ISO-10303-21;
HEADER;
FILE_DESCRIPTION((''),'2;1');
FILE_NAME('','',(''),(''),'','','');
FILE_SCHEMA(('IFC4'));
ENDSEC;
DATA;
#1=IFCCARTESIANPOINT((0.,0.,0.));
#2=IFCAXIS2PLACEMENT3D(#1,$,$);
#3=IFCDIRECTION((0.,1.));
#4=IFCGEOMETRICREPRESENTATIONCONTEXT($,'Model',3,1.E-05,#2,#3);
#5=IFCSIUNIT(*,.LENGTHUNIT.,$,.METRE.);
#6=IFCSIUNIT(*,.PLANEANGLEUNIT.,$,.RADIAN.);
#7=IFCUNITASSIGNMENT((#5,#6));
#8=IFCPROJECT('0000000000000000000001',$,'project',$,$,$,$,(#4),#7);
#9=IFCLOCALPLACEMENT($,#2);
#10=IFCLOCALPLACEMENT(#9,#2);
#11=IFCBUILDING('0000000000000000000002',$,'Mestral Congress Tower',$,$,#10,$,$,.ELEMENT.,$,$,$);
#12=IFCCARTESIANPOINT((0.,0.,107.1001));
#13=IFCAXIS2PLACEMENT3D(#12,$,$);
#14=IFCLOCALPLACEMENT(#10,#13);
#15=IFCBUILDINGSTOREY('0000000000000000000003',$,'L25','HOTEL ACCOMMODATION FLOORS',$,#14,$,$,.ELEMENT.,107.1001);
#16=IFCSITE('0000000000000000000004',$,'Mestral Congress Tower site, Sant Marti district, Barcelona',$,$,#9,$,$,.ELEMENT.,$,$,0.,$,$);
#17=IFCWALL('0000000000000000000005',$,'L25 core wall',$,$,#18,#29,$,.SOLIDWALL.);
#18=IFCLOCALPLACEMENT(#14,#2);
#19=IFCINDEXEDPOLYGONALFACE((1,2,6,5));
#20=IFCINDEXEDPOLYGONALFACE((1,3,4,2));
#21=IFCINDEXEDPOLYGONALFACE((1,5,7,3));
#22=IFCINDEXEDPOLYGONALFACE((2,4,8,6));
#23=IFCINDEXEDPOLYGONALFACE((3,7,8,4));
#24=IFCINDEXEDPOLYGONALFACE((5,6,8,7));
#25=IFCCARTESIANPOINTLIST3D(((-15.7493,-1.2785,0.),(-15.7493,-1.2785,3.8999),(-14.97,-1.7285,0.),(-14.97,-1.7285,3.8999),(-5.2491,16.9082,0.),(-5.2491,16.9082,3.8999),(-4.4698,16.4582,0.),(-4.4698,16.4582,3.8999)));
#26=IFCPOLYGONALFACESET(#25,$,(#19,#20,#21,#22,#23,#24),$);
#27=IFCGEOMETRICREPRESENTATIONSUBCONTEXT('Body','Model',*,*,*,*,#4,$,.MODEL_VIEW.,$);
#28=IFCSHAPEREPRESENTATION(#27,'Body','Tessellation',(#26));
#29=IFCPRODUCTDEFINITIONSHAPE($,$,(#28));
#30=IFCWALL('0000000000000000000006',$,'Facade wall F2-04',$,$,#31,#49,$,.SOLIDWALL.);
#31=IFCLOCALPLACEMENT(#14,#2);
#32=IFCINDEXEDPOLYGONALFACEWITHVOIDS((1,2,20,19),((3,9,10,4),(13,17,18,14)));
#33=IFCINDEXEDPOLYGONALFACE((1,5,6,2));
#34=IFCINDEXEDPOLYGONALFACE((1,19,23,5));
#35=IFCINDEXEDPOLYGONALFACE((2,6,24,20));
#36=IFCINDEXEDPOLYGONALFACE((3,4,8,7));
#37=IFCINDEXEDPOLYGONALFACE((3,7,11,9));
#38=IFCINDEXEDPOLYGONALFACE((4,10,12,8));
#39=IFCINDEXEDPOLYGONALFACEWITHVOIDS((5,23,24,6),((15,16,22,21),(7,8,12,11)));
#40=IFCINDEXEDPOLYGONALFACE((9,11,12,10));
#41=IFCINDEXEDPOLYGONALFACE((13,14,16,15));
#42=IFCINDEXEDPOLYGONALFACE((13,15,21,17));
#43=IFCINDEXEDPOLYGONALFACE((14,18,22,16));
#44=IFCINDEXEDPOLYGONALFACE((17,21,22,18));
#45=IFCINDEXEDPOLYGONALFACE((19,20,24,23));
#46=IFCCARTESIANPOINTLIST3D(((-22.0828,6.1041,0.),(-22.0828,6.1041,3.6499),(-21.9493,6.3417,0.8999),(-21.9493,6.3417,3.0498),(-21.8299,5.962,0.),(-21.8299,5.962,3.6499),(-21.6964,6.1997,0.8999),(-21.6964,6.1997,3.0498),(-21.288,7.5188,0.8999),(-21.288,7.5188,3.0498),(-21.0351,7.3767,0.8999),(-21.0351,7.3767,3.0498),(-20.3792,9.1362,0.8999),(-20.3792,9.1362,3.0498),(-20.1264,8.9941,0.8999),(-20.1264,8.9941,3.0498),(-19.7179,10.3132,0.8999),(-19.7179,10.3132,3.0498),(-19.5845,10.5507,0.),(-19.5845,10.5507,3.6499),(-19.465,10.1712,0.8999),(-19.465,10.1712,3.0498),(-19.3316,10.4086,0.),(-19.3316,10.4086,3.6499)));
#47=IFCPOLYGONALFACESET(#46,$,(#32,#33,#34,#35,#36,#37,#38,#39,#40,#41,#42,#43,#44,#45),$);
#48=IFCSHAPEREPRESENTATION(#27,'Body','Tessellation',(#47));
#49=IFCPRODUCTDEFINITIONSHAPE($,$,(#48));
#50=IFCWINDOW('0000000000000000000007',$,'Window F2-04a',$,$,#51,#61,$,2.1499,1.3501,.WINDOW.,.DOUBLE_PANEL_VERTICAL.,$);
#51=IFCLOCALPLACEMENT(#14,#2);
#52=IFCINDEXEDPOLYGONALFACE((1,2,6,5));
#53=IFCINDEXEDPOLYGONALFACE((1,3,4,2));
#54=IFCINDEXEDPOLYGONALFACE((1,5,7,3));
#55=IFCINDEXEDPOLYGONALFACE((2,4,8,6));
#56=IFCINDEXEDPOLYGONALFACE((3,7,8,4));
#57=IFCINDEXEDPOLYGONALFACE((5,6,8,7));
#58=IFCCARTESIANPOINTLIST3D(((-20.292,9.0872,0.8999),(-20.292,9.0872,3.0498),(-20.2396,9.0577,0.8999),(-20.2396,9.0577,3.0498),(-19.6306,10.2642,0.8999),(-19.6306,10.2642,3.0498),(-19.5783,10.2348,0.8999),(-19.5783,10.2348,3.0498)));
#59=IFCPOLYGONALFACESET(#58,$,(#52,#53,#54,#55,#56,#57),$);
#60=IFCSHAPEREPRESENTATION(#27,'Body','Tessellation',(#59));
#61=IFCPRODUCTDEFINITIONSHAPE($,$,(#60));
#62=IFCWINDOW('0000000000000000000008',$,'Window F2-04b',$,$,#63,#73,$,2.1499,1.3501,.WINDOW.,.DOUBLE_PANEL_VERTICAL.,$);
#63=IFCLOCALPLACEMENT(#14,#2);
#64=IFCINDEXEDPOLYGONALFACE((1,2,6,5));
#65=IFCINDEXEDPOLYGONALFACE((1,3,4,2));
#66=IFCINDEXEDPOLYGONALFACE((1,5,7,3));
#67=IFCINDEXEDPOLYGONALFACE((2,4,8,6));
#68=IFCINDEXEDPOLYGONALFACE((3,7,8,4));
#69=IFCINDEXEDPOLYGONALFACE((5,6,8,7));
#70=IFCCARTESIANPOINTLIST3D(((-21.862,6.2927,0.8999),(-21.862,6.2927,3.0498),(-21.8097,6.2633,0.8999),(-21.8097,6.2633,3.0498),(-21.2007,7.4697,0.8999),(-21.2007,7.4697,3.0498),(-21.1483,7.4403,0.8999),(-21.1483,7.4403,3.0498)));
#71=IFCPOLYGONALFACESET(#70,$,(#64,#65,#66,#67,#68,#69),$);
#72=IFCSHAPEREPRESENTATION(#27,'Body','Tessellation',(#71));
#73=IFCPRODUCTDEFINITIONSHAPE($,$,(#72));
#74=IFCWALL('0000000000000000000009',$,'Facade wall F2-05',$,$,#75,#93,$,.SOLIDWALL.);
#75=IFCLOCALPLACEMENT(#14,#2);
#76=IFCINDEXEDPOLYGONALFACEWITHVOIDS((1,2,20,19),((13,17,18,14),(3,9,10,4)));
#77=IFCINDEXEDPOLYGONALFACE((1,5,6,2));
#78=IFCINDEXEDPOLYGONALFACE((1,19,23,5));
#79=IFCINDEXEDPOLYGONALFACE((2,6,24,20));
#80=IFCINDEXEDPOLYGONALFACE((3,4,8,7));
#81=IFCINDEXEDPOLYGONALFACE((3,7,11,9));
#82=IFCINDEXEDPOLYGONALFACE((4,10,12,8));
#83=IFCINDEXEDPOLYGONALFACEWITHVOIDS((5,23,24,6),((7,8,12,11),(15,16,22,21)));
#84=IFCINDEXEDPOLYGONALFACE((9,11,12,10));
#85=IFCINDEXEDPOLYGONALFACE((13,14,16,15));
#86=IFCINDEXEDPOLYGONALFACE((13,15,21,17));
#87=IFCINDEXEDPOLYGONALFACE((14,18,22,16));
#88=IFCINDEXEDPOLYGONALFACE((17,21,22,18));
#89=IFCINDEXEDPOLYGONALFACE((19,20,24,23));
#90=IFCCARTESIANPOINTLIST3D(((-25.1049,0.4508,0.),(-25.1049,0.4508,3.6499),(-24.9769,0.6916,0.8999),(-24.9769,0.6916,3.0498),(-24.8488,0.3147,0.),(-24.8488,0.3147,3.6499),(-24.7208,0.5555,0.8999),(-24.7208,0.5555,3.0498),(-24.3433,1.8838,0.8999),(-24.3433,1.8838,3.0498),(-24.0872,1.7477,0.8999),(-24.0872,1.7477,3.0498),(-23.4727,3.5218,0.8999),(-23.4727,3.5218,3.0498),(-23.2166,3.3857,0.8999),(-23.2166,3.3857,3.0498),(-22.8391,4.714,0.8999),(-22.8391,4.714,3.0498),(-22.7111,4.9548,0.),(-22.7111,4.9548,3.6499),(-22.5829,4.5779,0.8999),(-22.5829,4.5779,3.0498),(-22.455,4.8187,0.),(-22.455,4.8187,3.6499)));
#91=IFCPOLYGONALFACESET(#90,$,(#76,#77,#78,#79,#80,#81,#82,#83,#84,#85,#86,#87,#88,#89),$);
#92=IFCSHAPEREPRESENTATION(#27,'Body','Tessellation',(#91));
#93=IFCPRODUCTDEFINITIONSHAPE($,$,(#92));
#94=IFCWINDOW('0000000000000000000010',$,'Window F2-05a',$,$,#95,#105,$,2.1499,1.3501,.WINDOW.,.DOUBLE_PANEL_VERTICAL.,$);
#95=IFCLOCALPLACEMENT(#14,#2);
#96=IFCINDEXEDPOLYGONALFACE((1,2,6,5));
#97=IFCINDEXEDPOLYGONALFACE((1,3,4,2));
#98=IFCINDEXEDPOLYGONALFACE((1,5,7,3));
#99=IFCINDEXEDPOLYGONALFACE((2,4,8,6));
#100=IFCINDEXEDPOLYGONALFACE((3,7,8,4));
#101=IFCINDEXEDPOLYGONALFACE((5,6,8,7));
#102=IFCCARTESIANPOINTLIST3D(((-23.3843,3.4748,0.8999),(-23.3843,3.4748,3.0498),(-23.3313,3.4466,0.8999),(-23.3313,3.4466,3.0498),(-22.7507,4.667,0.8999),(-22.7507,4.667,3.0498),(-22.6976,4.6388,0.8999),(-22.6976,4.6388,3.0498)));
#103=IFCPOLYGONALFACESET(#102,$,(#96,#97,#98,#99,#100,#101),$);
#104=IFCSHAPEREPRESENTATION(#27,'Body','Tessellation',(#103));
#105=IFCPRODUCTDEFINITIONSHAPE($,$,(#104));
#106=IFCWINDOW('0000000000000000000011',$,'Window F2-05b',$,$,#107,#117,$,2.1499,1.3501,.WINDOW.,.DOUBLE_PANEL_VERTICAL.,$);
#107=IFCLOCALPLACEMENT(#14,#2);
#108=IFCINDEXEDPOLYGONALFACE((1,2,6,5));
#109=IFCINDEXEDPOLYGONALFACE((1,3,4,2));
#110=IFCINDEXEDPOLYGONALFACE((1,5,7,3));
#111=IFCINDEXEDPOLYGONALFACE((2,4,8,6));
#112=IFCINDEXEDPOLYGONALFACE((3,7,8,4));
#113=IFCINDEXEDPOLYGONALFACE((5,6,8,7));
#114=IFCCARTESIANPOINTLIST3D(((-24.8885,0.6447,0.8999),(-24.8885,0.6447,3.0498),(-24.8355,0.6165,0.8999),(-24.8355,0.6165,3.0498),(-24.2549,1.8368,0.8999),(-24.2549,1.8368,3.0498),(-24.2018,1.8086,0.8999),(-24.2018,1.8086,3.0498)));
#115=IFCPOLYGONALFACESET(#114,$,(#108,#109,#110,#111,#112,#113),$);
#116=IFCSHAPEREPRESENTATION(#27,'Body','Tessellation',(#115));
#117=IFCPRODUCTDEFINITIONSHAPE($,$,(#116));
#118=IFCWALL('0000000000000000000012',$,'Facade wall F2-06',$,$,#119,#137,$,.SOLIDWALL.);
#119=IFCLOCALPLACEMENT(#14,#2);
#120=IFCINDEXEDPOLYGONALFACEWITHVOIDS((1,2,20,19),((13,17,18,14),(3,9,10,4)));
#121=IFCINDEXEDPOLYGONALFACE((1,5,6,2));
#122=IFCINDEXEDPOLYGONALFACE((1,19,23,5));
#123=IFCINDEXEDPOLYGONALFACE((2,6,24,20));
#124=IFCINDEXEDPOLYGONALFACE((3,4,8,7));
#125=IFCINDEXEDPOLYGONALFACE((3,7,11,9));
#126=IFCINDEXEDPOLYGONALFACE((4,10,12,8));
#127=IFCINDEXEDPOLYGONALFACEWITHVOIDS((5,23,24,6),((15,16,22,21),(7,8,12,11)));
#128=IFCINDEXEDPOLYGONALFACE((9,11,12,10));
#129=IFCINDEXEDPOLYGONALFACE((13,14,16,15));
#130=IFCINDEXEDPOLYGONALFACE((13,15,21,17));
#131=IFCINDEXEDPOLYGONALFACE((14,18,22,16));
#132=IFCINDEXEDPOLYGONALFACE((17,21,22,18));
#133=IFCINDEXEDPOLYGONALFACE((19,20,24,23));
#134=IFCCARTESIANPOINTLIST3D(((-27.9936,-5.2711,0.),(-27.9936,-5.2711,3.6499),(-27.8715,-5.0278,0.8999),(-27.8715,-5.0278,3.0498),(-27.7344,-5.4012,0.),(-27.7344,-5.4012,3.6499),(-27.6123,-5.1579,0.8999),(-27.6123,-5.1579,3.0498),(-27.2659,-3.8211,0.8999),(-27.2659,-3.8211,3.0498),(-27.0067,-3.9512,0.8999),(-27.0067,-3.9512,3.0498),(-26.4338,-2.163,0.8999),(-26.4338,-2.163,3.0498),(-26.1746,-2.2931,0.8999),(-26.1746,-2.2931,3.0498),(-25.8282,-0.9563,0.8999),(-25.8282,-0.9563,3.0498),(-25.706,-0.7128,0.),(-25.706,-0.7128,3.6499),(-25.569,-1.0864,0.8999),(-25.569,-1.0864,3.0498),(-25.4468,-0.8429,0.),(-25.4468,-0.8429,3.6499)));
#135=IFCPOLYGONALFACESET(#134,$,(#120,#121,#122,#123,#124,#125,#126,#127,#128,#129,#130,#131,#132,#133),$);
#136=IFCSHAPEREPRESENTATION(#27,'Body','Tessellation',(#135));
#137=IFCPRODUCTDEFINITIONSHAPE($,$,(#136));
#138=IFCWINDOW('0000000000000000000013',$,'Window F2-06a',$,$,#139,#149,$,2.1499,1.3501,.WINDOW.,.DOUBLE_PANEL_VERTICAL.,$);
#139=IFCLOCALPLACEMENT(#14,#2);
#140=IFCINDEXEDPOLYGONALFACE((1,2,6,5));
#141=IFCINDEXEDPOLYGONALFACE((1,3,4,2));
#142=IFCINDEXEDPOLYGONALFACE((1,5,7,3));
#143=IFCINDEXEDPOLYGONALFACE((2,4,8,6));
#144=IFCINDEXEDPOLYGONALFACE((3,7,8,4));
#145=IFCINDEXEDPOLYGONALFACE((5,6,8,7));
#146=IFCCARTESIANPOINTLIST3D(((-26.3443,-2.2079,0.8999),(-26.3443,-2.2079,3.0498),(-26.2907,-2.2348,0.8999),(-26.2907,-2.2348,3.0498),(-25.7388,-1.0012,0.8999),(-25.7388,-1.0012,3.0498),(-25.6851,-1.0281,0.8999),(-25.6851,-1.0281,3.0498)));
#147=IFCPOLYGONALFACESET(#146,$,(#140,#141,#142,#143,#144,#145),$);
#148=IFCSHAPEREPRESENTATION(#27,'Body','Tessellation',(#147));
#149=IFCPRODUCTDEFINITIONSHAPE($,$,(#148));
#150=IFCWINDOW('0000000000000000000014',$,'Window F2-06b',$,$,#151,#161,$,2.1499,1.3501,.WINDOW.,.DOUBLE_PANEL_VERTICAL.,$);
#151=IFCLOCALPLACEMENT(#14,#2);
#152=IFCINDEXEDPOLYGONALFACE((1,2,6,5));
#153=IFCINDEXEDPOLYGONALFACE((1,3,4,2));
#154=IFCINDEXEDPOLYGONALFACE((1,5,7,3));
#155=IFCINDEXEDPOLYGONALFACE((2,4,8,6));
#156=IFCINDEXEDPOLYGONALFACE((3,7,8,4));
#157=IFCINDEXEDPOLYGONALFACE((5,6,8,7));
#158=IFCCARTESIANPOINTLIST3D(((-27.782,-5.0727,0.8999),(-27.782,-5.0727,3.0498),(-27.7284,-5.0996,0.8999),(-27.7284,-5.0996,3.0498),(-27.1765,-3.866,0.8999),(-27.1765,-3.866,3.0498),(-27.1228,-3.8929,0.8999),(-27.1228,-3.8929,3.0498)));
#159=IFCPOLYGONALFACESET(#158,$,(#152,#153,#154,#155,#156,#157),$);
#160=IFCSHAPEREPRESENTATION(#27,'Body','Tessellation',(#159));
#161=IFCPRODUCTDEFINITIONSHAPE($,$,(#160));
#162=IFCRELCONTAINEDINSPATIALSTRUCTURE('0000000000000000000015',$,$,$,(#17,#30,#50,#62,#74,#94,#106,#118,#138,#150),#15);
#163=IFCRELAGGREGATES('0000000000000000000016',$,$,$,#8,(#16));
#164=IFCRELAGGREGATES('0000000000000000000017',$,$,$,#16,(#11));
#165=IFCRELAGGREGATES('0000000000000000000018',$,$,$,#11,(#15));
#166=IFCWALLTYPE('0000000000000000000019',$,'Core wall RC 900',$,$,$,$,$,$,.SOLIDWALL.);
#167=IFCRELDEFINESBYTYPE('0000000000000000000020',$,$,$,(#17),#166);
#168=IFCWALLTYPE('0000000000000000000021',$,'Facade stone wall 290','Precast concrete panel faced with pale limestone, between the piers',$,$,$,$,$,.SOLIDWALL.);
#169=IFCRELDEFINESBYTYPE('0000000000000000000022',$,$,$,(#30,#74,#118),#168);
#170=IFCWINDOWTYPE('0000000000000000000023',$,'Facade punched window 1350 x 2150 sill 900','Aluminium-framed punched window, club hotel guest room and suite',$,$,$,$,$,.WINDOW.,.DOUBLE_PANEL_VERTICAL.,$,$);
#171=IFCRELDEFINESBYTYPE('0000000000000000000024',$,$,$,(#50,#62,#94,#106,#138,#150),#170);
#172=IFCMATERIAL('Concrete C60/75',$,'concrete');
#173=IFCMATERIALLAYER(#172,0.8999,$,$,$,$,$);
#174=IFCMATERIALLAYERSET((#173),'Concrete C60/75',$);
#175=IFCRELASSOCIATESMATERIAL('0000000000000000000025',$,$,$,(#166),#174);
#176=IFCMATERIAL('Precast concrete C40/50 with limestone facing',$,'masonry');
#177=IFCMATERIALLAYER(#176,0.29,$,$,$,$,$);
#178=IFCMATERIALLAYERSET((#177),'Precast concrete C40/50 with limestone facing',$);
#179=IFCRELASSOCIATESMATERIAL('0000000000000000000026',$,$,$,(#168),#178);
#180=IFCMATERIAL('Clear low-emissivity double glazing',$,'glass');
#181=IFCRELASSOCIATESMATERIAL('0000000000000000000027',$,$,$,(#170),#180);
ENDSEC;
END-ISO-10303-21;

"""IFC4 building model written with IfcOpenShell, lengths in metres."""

from ifc_helpers import new_model, si_unit, direction, frame, frame_2d, origin, place, context, subcontext, project, spatial, rectangle, extrude, material, layer, layer_set, type_object, element, fill, save


model = new_model("IFC4")

# Units and contexts
model_context = context("Model", 3, precision=1e-05, world=origin(), true_north=direction((0.0, 1.0)))
body_context = subcontext(model_context, "Body", "Model", "MODEL_VIEW")
ifc_project = project(units=[si_unit("LENGTHUNIT", "METRE"), si_unit("PLANEANGLEUNIT", "RADIAN")], contexts=[model_context])

# Site, building, storey
site_placement = place(None, origin())
site = spatial("IfcSite", under=ifc_project, at=site_placement, Name="Mestral Congress Tower site, Sant Marti district, Barcelona", CompositionType="ELEMENT", RefElevation=0.0)
building_placement = place(site_placement, origin())
building = spatial("IfcBuilding", under=site, at=building_placement, Name="Mestral Congress Tower", CompositionType="ELEMENT")
storey_placement = place(building_placement, frame((0.0, 0.0, 107.1001)))
storey = spatial("IfcBuildingStorey", under=building, at=storey_placement, Name="L25", Description="HOTEL ACCOMMODATION FLOORS", CompositionType="ELEMENT", Elevation=107.1001)

# Wall
ifc_material_1 = material(Name="Concrete C60/75", Category="concrete")
ifc_layer_1 = layer(ifc_material_1, 0.8999)
ifc_layer_set_1 = layer_set([ifc_layer_1], Name="Concrete C60/75")
wall_type_1 = type_object("IfcWallType", Name="Core wall RC 900", PredefinedType="SOLIDWALL", material=ifc_layer_set_1)
wall_1_placement = place(storey_placement, frame((-15.3596, -1.5034, 0.0), z_axis=(0.0, 0.0, 1.0), x_axis=(0.500004, 0.866023, 0.0)))
element("IfcWall", 1, at=wall_1_placement, inside=storey, type_object=wall_type_1, Name="L25 core wall", PredefinedType="SOLIDWALL", context=body_context, shape_type="SweptSolid", body=[
    extrude(rectangle(XDim=21.0002, YDim=0.8999, at=frame_2d((10.5, 0.0))), origin(), (0.0, 0.0, 1.0), 3.8999),
])

# Walls, openings, windows
ifc_material_2 = material(Name="Precast concrete C40/50 with limestone facing", Category="masonry")
ifc_layer_2 = layer(ifc_material_2, 0.29)
ifc_layer_set_2 = layer_set([ifc_layer_2], Name="Precast concrete C40/50 with limestone facing")
wall_type_2 = type_object("IfcWallType", Name="Facade stone wall 290", Description="Precast concrete panel faced with pale limestone, between the piers", PredefinedType="SOLIDWALL", material=ifc_layer_set_2)
wall_2_placement = place(storey_placement, frame((-19.458, 10.4797, 0.0), z_axis=(0.0, 0.0, 1.0), x_axis=(-0.489832, -0.871817, 0.0)))
wall_2 = element("IfcWall", 2, at=wall_2_placement, inside=storey, type_object=wall_type_2, Name="Facade wall F2-04", PredefinedType="SOLIDWALL", context=body_context, shape_type="SweptSolid", body=[
    extrude(rectangle(XDim=5.1003, YDim=0.29, at=frame_2d((2.5503, 0.0))), origin(), (0.0, 0.0, 1.0), 3.6499),
])
opening_1_placement = place(wall_2_placement, frame((0.2725, 0.0, 0.8999)))
opening_1 = element("IfcOpeningElement", 3, at=opening_1_placement, cuts=wall_2, PredefinedType="OPENING", context=body_context, shape_type="SweptSolid", body=[
    extrude(rectangle(XDim=1.3501, YDim=2.1499, at=frame_2d((0.675, 1.075))), frame((0.0, 0.155, 0.0), z_axis=(0.0, -1.0, 0.0), x_axis=(1.0, 0.0, 0.0)), (0.0, 0.0, 1.0), 0.3101),
])
opening_2_placement = place(wall_2_placement, frame((3.4778, 0.0, 0.8999)))
opening_2 = element("IfcOpeningElement", 4, at=opening_2_placement, cuts=wall_2, PredefinedType="OPENING", context=body_context, shape_type="SweptSolid", body=[
    extrude(rectangle(XDim=1.3501, YDim=2.1499, at=frame_2d((0.675, 1.075))), frame((0.0, 0.155, 0.0), z_axis=(0.0, -1.0, 0.0), x_axis=(1.0, 0.0, 0.0)), (0.0, 0.0, 1.0), 0.3101),
])
ifc_material_3 = material(Name="Clear low-emissivity double glazing", Category="glass")
window_type = type_object("IfcWindowType", Name="Facade punched window 1350 x 2150 sill 900", Description="Aluminium-framed punched window, club hotel guest room and suite", PartitioningType="DOUBLE_PANEL_VERTICAL", PredefinedType="WINDOW", material=ifc_material_3)
window_1_placement = place(opening_1_placement, origin())
window_1 = element("IfcWindow", 5, at=window_1_placement, inside=storey, type_object=window_type, Name="Window F2-04a", OverallHeight=2.1499, OverallWidth=1.3501, PartitioningType="DOUBLE_PANEL_VERTICAL", PredefinedType="WINDOW", context=body_context, shape_type="SweptSolid", body=[
    extrude(rectangle(XDim=1.3501, YDim=2.1499, at=frame_2d((0.675, 1.075))), frame((0.0, 0.0151, 0.0), z_axis=(0.0, -1.0, 0.0), x_axis=(1.0, 0.0, 0.0)), (0.0, 0.0, 1.0), 0.0601),
])
fill(opening_1, window_1)
window_2_placement = place(opening_2_placement, origin())
window_2 = element("IfcWindow", 6, at=window_2_placement, inside=storey, type_object=window_type, Name="Window F2-04b", OverallHeight=2.1499, OverallWidth=1.3501, PartitioningType="DOUBLE_PANEL_VERTICAL", PredefinedType="WINDOW", context=body_context, shape_type="SweptSolid", body=[
    extrude(rectangle(XDim=1.3501, YDim=2.1499, at=frame_2d((0.675, 1.075))), frame((0.0, 0.0151, 0.0), z_axis=(0.0, -1.0, 0.0), x_axis=(1.0, 0.0, 0.0)), (0.0, 0.0, 1.0), 0.0601),
])
fill(opening_2, window_2)
wall_3_placement = place(storey_placement, frame((-22.583, 4.8867, 0.0), z_axis=(0.0, 0.0, 1.0), x_axis=(-0.469323, -0.883026, 0.0)))
wall_3 = element("IfcWall", 7, at=wall_3_placement, inside=storey, type_object=wall_type_2, Name="Facade wall F2-05", PredefinedType="SOLIDWALL", context=body_context, shape_type="SweptSolid", body=[
    extrude(rectangle(XDim=5.1006, YDim=0.29, at=frame_2d((2.5503, 0.0))), origin(), (0.0, 0.0, 1.0), 3.6499),
])
opening_3_placement = place(wall_3_placement, frame((0.2727, 0.0, 0.8999)))
opening_3 = element("IfcOpeningElement", 8, at=opening_3_placement, cuts=wall_3, PredefinedType="OPENING", context=body_context, shape_type="SweptSolid", body=[
    extrude(rectangle(XDim=1.3501, YDim=2.1499, at=frame_2d((0.675, 1.075))), frame((0.0, 0.155, 0.0), z_axis=(0.0, -1.0, 0.0), x_axis=(1.0, 0.0, 0.0)), (0.0, 0.0, 1.0), 0.3101),
])
opening_4_placement = place(wall_3_placement, frame((3.4778, 0.0, 0.8999)))
opening_4 = element("IfcOpeningElement", 9, at=opening_4_placement, cuts=wall_3, PredefinedType="OPENING", context=body_context, shape_type="SweptSolid", body=[
    extrude(rectangle(XDim=1.3501, YDim=2.1499, at=frame_2d((0.675, 1.075))), frame((0.0, 0.155, 0.0), z_axis=(0.0, -1.0, 0.0), x_axis=(1.0, 0.0, 0.0)), (0.0, 0.0, 1.0), 0.3101),
])
window_3_placement = place(opening_3_placement, origin())
window_3 = element("IfcWindow", 10, at=window_3_placement, inside=storey, type_object=window_type, Name="Window F2-05a", OverallHeight=2.1499, OverallWidth=1.3501, PartitioningType="DOUBLE_PANEL_VERTICAL", PredefinedType="WINDOW", context=body_context, shape_type="SweptSolid", body=[
    extrude(rectangle(XDim=1.3501, YDim=2.1499, at=frame_2d((0.675, 1.075))), frame((0.0, 0.0151, 0.0), z_axis=(0.0, -1.0, 0.0), x_axis=(1.0, 0.0, 0.0)), (0.0, 0.0, 1.0), 0.0601),
])
fill(opening_3, window_3)
window_4_placement = place(opening_4_placement, origin())
window_4 = element("IfcWindow", 11, at=window_4_placement, inside=storey, type_object=window_type, Name="Window F2-05b", OverallHeight=2.1499, OverallWidth=1.3501, PartitioningType="DOUBLE_PANEL_VERTICAL", PredefinedType="WINDOW", context=body_context, shape_type="SweptSolid", body=[
    extrude(rectangle(XDim=1.3501, YDim=2.1499, at=frame_2d((0.675, 1.075))), frame((0.0, 0.0151, 0.0), z_axis=(0.0, -1.0, 0.0), x_axis=(1.0, 0.0, 0.0)), (0.0, 0.0, 1.0), 0.0601),
])
fill(opening_4, window_4)
wall_4_placement = place(storey_placement, frame((-25.5764, -0.7778, 0.0), z_axis=(0.0, 0.0, 1.0), x_axis=(-0.448534, -0.893766, 0.0)))
wall_4 = element("IfcWall", 12, at=wall_4_placement, inside=storey, type_object=wall_type_2, Name="Facade wall F2-06", PredefinedType="SOLIDWALL", context=body_context, shape_type="SweptSolid", body=[
    extrude(rectangle(XDim=5.1001, YDim=0.29, at=frame_2d((2.55, 0.0))), origin(), (0.0, 0.0, 1.0), 3.6499),
])
opening_5_placement = place(wall_4_placement, frame((0.2725, 0.0, 0.8999)))
opening_5 = element("IfcOpeningElement", 13, at=opening_5_placement, cuts=wall_4, PredefinedType="OPENING", context=body_context, shape_type="SweptSolid", body=[
    extrude(rectangle(XDim=1.3501, YDim=2.1499, at=frame_2d((0.675, 1.075))), frame((0.0, 0.155, 0.0), z_axis=(0.0, -1.0, 0.0), x_axis=(1.0, 0.0, 0.0)), (0.0, 0.0, 1.0), 0.3101),
])
opening_6_placement = place(wall_4_placement, frame((3.4778, 0.0, 0.8999)))
opening_6 = element("IfcOpeningElement", 14, at=opening_6_placement, cuts=wall_4, PredefinedType="OPENING", context=body_context, shape_type="SweptSolid", body=[
    extrude(rectangle(XDim=1.3501, YDim=2.1499, at=frame_2d((0.675, 1.075))), frame((0.0, 0.155, 0.0), z_axis=(0.0, -1.0, 0.0), x_axis=(1.0, 0.0, 0.0)), (0.0, 0.0, 1.0), 0.3101),
])
window_5_placement = place(opening_5_placement, origin())
window_5 = element("IfcWindow", 15, at=window_5_placement, inside=storey, type_object=window_type, Name="Window F2-06a", OverallHeight=2.1499, OverallWidth=1.3501, PartitioningType="DOUBLE_PANEL_VERTICAL", PredefinedType="WINDOW", context=body_context, shape_type="SweptSolid", body=[
    extrude(rectangle(XDim=1.3501, YDim=2.1499, at=frame_2d((0.675, 1.075))), frame((0.0, 0.0151, 0.0), z_axis=(0.0, -1.0, 0.0), x_axis=(1.0, 0.0, 0.0)), (0.0, 0.0, 1.0), 0.0601),
])
fill(opening_5, window_5)
window_6_placement = place(opening_6_placement, origin())
window_6 = element("IfcWindow", 16, at=window_6_placement, inside=storey, type_object=window_type, Name="Window F2-06b", OverallHeight=2.1499, OverallWidth=1.3501, PartitioningType="DOUBLE_PANEL_VERTICAL", PredefinedType="WINDOW", context=body_context, shape_type="SweptSolid", body=[
    extrude(rectangle(XDim=1.3501, YDim=2.1499, at=frame_2d((0.675, 1.075))), frame((0.0, 0.0151, 0.0), z_axis=(0.0, -1.0, 0.0), x_axis=(1.0, 0.0, 0.0)), (0.0, 0.0, 1.0), 0.0601),
])
fill(opening_6, window_6)

save(model, "model.ifc")
